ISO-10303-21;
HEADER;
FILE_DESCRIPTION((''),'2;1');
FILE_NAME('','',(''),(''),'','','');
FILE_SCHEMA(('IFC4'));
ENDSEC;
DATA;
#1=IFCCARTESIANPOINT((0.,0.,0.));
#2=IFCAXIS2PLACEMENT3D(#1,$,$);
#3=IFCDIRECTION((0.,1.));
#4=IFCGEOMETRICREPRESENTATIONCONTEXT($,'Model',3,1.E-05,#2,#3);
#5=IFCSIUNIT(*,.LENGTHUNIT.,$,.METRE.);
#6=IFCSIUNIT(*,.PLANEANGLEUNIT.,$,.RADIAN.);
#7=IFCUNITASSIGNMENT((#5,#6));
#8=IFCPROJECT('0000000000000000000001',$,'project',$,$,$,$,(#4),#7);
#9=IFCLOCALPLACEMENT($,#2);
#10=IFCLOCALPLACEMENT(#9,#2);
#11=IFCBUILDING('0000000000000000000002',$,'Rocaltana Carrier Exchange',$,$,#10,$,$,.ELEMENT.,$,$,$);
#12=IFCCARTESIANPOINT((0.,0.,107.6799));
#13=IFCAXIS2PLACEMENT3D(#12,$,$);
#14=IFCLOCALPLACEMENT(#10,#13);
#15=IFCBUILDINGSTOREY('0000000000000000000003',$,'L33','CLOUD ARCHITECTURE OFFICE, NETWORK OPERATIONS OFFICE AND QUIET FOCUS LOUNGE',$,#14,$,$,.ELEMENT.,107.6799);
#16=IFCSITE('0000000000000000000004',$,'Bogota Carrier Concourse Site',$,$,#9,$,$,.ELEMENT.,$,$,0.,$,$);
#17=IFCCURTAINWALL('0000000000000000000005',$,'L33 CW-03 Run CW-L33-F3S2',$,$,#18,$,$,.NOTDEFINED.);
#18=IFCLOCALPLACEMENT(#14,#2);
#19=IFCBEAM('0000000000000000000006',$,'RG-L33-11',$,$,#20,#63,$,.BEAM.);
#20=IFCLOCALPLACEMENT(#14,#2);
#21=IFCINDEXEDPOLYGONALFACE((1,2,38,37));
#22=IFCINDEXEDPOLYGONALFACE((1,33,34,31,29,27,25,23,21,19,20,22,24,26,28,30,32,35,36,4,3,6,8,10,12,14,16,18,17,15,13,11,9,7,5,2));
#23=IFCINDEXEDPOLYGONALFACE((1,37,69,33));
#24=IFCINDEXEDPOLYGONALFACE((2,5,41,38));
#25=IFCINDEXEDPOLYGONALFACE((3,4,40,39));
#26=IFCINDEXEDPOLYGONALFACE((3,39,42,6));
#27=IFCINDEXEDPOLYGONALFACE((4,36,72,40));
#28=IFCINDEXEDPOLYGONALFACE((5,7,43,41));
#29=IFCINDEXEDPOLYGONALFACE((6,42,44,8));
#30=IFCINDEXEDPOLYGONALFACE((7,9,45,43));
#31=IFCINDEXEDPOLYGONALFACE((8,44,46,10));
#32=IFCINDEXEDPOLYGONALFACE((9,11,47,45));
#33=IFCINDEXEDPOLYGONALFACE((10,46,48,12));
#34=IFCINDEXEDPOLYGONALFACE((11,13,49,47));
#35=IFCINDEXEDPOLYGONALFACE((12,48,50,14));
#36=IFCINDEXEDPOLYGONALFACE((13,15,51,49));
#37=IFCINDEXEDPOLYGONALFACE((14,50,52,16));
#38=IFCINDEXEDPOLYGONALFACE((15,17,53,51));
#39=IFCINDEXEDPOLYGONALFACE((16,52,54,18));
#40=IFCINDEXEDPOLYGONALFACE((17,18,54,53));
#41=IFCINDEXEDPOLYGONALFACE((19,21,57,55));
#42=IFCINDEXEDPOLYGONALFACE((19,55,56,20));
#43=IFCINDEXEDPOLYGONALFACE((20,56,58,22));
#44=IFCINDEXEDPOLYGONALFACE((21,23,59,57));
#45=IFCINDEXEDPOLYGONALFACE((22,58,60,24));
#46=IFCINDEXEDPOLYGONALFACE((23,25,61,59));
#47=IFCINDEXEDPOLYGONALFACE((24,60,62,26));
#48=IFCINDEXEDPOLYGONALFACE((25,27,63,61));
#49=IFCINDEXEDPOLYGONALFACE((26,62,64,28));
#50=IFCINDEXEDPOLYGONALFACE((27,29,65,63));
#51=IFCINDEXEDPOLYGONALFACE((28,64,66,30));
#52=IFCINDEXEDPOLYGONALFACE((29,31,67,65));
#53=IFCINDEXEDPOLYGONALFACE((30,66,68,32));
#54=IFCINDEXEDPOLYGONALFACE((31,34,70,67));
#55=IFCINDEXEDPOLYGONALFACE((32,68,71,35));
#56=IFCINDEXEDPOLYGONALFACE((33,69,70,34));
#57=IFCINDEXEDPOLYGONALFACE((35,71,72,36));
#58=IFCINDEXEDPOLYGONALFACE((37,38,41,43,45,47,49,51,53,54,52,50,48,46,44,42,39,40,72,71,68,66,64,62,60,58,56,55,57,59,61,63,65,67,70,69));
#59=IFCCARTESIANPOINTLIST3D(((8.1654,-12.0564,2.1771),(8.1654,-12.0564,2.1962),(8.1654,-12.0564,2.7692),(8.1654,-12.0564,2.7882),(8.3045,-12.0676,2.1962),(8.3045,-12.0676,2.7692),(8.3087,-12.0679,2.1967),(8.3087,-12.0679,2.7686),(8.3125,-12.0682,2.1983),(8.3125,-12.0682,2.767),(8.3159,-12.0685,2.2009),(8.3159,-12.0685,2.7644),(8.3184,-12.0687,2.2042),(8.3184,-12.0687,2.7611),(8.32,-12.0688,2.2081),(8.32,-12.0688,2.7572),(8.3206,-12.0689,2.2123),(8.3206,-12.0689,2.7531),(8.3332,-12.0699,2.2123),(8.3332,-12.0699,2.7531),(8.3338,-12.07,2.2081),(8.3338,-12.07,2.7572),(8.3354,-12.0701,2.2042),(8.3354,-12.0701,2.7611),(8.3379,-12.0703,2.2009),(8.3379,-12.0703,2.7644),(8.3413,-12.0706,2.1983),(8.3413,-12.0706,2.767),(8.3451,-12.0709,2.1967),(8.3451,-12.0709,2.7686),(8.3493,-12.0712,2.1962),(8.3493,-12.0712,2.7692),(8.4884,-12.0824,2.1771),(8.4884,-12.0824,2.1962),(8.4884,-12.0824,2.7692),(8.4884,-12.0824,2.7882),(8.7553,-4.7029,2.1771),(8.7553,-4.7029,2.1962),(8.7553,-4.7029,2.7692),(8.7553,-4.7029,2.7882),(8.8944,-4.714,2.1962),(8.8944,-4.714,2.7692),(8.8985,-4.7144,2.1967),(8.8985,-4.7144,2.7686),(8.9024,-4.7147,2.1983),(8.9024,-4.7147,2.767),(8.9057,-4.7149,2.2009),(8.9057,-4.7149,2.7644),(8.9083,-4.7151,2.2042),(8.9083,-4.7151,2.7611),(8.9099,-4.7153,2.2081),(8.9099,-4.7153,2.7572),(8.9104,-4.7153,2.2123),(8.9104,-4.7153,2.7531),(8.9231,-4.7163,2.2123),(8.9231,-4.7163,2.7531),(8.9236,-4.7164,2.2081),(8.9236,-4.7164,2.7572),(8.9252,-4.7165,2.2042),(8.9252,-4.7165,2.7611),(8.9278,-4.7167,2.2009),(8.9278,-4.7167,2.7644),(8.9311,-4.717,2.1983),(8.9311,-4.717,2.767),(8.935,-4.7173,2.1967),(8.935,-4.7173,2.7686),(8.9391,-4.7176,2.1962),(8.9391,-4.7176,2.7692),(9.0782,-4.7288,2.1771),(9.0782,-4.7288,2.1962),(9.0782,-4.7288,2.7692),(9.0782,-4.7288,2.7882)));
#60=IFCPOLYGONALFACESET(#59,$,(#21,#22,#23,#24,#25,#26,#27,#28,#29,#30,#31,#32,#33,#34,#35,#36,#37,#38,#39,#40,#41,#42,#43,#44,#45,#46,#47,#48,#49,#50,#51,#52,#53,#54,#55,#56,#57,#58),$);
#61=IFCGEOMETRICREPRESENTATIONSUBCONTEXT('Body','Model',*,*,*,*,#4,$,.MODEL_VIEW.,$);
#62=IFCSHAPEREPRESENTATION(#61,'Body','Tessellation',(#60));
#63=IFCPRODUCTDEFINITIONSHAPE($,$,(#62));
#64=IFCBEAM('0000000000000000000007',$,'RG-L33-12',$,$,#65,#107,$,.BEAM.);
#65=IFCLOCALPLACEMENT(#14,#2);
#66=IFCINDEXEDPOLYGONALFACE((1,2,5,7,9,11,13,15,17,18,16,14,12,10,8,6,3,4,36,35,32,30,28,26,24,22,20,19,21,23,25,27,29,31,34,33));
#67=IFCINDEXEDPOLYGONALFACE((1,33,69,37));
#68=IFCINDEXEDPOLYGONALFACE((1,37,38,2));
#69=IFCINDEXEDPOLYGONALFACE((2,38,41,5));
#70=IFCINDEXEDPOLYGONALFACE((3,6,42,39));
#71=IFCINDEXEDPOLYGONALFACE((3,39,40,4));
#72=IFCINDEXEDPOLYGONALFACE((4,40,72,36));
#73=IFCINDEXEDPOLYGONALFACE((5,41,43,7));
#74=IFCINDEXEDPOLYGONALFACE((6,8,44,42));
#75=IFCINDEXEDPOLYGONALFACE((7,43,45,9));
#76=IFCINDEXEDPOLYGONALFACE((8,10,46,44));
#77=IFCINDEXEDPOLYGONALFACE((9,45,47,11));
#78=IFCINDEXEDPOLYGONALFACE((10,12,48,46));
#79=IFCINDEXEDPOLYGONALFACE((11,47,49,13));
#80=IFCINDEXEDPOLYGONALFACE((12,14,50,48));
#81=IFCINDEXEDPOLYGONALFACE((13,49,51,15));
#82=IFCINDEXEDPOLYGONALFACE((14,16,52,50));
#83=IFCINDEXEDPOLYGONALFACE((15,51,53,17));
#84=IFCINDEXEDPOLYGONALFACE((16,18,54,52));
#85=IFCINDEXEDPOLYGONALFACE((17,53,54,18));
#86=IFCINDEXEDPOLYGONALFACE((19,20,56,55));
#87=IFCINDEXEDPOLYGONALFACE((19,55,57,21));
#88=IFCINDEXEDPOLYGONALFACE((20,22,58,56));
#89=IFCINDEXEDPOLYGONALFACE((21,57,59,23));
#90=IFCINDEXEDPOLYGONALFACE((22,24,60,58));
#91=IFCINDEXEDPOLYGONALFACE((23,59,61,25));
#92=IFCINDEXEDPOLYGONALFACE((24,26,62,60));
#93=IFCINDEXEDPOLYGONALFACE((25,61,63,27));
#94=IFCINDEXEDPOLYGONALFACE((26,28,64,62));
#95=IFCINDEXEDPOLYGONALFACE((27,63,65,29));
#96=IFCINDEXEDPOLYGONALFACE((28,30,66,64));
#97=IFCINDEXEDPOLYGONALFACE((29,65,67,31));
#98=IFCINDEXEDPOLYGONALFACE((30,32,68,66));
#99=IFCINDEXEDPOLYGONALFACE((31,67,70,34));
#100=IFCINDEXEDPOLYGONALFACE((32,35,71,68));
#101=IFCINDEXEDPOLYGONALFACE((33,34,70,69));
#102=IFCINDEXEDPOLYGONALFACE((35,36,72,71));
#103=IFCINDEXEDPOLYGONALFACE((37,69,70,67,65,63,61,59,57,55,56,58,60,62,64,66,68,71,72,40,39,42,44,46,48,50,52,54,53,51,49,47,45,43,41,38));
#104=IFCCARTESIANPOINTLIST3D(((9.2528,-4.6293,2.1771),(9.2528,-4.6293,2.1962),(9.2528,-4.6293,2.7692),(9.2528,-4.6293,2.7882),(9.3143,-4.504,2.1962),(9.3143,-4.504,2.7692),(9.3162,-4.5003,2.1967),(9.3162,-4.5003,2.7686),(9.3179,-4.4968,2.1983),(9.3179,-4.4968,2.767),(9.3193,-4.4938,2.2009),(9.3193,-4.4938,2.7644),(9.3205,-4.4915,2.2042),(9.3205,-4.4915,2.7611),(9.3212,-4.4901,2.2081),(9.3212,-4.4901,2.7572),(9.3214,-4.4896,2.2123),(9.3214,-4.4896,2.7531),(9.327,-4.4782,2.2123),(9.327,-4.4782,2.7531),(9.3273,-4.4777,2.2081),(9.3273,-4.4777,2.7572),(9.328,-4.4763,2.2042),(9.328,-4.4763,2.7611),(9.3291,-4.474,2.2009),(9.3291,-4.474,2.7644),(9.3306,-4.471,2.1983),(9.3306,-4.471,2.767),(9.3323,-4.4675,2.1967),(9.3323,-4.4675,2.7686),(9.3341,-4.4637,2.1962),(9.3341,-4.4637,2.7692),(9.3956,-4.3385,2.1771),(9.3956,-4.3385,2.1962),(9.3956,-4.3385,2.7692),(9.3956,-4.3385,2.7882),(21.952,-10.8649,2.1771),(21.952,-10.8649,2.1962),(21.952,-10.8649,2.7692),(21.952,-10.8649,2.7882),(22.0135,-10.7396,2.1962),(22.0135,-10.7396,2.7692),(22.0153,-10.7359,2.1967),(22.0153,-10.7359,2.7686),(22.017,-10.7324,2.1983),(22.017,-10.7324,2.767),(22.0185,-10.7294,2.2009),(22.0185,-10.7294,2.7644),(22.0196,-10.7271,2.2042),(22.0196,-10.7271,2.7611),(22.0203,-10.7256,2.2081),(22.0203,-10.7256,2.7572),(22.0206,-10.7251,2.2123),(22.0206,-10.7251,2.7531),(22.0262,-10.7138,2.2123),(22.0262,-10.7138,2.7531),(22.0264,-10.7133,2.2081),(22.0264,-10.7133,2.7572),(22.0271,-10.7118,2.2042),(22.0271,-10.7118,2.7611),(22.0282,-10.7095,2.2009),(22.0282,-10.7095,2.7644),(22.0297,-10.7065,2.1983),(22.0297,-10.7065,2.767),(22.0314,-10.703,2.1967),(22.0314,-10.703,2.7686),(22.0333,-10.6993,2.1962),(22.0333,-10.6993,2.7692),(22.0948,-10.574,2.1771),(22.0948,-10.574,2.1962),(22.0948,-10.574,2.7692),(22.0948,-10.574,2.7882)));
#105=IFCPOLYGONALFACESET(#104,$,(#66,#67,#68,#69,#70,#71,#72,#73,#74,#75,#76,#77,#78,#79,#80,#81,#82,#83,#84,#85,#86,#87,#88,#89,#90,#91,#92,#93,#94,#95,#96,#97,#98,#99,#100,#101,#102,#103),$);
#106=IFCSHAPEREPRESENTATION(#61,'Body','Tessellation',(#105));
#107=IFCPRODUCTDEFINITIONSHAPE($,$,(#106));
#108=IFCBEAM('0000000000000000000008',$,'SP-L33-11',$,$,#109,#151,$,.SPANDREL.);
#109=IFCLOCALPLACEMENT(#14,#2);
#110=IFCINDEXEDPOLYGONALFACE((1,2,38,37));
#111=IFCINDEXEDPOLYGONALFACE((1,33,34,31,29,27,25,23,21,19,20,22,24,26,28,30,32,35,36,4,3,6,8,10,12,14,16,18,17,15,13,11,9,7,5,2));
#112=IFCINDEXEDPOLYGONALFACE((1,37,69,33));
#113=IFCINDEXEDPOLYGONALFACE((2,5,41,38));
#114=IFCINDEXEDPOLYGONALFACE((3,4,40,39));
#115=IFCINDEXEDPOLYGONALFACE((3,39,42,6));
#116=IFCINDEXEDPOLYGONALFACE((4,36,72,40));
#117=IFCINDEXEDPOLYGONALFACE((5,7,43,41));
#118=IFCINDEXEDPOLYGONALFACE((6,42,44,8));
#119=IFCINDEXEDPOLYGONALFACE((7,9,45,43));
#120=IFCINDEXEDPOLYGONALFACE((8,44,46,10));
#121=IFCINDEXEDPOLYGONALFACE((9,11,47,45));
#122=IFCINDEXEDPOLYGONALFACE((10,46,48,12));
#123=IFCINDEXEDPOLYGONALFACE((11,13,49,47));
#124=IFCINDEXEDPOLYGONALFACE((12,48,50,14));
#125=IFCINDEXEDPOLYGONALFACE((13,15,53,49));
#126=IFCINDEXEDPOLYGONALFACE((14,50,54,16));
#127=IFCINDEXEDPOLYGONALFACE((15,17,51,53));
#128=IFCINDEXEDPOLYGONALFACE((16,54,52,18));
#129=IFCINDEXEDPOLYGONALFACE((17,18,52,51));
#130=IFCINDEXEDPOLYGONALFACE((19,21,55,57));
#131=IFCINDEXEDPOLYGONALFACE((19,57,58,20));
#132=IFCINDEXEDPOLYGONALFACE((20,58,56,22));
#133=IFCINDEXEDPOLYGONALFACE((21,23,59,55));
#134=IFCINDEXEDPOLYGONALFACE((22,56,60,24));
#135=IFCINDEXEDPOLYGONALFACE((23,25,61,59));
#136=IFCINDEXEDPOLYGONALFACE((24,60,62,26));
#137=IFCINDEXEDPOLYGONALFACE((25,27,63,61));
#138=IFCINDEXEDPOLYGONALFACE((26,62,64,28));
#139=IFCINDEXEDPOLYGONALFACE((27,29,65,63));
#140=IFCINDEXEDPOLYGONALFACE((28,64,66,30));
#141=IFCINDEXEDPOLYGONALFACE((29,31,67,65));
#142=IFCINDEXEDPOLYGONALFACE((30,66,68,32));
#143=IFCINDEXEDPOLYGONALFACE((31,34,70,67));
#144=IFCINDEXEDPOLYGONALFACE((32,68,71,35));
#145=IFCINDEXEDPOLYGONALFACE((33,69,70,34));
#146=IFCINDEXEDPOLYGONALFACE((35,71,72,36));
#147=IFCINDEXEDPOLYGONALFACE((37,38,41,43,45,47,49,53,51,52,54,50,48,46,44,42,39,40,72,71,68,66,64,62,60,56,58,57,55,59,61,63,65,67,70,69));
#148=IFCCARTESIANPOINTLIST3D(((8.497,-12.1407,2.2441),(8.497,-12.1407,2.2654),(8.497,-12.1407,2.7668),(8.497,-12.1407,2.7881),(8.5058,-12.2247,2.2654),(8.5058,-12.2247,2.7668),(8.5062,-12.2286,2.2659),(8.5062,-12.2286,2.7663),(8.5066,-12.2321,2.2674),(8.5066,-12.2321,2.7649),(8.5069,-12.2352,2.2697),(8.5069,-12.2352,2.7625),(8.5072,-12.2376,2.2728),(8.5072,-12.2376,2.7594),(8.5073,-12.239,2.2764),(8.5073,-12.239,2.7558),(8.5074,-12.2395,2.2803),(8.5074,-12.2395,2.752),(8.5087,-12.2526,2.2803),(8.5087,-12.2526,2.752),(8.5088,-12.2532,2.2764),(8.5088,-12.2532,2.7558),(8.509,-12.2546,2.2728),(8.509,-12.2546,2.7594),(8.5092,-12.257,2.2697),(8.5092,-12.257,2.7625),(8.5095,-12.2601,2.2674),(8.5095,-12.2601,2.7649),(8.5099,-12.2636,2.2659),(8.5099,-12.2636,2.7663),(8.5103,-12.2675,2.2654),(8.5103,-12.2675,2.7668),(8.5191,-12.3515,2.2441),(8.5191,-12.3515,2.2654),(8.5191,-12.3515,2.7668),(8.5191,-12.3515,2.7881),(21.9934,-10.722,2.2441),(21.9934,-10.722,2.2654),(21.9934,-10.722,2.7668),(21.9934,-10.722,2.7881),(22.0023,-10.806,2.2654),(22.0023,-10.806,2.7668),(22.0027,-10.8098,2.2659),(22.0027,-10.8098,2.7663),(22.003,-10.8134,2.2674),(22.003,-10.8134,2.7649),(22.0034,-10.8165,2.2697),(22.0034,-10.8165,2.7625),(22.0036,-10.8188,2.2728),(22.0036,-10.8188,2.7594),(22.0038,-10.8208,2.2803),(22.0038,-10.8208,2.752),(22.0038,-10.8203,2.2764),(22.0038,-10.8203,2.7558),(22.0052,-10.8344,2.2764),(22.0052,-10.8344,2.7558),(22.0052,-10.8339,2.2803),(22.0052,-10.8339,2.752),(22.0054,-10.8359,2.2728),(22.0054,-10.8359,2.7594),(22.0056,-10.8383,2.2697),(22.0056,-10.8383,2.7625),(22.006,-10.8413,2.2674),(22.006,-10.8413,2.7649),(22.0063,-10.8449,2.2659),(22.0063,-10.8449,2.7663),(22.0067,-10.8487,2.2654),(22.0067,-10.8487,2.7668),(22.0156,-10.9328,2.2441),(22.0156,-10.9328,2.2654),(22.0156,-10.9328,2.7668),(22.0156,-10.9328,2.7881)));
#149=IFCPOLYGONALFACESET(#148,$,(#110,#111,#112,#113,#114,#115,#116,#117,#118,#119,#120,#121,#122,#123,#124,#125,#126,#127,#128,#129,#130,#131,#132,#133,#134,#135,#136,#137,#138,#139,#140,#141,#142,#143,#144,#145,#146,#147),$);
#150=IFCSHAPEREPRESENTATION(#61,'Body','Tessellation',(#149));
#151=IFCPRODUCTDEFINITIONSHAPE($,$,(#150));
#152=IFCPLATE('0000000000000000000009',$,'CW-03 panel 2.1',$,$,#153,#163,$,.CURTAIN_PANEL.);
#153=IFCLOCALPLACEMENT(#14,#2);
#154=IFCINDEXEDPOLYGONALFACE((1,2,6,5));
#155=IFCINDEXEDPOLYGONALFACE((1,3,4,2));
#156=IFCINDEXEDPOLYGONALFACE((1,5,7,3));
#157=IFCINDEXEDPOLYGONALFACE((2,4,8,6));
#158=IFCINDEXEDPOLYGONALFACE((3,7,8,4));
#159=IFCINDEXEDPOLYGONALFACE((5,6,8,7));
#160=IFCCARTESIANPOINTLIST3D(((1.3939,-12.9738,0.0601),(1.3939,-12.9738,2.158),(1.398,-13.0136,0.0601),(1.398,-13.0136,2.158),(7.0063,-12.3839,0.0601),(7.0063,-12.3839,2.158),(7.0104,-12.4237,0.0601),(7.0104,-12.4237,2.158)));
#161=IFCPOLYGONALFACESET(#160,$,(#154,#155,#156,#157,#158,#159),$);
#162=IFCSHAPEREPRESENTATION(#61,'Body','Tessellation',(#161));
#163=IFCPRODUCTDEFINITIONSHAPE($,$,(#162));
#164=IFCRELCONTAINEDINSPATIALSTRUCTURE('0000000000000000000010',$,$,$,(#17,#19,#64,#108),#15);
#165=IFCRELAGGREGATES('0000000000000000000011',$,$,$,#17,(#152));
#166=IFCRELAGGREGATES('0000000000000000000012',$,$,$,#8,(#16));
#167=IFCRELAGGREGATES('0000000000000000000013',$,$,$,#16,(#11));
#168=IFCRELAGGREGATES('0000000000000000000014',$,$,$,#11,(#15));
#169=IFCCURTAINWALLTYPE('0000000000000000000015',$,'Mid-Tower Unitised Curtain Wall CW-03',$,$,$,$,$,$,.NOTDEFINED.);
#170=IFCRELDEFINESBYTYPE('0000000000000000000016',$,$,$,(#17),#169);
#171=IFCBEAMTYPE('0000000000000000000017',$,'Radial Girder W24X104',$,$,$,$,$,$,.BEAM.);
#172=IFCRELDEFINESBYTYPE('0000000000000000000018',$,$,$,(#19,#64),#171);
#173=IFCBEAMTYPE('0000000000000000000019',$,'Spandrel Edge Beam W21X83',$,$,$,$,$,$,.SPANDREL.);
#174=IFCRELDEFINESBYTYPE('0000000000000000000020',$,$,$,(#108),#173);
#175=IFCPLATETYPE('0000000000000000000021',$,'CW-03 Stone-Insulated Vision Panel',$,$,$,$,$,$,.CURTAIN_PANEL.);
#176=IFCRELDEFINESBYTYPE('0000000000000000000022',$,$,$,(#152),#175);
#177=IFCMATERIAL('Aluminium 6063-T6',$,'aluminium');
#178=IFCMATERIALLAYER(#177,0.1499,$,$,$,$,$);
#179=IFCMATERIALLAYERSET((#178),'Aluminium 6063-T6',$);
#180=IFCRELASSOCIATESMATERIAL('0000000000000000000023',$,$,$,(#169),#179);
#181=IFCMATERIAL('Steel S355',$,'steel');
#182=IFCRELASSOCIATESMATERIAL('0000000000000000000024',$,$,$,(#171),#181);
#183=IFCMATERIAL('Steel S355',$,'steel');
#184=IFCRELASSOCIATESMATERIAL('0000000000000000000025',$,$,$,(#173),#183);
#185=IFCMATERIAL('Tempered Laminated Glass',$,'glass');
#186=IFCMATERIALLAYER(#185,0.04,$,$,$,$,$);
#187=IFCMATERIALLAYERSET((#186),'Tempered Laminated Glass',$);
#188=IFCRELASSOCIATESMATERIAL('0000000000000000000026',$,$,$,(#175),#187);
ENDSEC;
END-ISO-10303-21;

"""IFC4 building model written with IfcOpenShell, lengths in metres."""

from ifc_helpers import new_model, si_unit, direction, frame, origin, origin_2d, place, context, subcontext, project, spatial, rectangle, i_section, extrude, material, layer, layer_set, material_profile, profile_set, type_object, element, aggregate, save


model = new_model("IFC4")

# Units and contexts
model_context = context("Model", 3, precision=1e-05, world=origin(), true_north=direction((0.0, 1.0)))
body_context = subcontext(model_context, "Body", "Model", "MODEL_VIEW")
ifc_project = project(units=[si_unit("LENGTHUNIT", "METRE"), si_unit("PLANEANGLEUNIT", "RADIAN")], contexts=[model_context])

# Site, building, storey
site_placement = place(None, origin())
site = spatial("IfcSite", under=ifc_project, at=site_placement, Name="Bogota Carrier Concourse Site", CompositionType="ELEMENT", RefElevation=0.0)
building_placement = place(site_placement, origin())
building = spatial("IfcBuilding", under=site, at=building_placement, Name="Rocaltana Carrier Exchange", CompositionType="ELEMENT")
storey_placement = place(building_placement, frame((0.0, 0.0, 107.6799)))
storey = spatial("IfcBuildingStorey", under=building, at=storey_placement, Name="L33", Description="CLOUD ARCHITECTURE OFFICE, NETWORK OPERATIONS OFFICE AND QUIET FOCUS LOUNGE", CompositionType="ELEMENT", Elevation=107.6799)

# Curtain wall
ifc_material_1 = material(Name="Aluminium 6063-T6", Category="aluminium")
ifc_layer_1 = layer(ifc_material_1, 0.1499)
ifc_layer_set_1 = layer_set([ifc_layer_1], Name="Aluminium 6063-T6")
curtain_wall_type = type_object("IfcCurtainWallType", Name="Mid-Tower Unitised Curtain Wall CW-03", PredefinedType="NOTDEFINED", material=ifc_layer_set_1)
curtain_wall_placement = place(storey_placement, origin())
curtain_wall = element("IfcCurtainWall", 1, at=curtain_wall_placement, inside=storey, type_object=curtain_wall_type, Name="L33 CW-03 Run CW-L33-F3S2", PredefinedType="NOTDEFINED")

# Beams
ifc_material_2 = material(Name="Steel S355", Category="steel")
ifc_material_profile_1 = material_profile(ifc_material_2, i_section(OverallWidth=0.324, OverallDepth=0.6111, WebThickness=0.0127, FlangeThickness=0.019, FilletRadius=0.0161, at=origin_2d()), Name="W24X104")
ifc_profile_set_1 = profile_set([ifc_material_profile_1], Name="Steel S355")
beam_type_1 = type_object("IfcBeamType", Name="Radial Girder W24X104", PredefinedType="BEAM", material=ifc_profile_set_1)
beam_1_placement = place(storey_placement, frame((8.9167, -4.7158, 2.4827), z_axis=(-0.079956, -0.996798, 0.0), x_axis=(0.996798, -0.079956, 0.0)))
element("IfcBeam", 2, at=beam_1_placement, inside=storey, type_object=beam_type_1, Name="RG-L33-11", PredefinedType="BEAM", context=body_context, shape_type="SweptSolid", body=[
    extrude(i_section(OverallWidth=0.324, OverallDepth=0.6111, WebThickness=0.0127, FlangeThickness=0.019, FilletRadius=0.0161, at=origin_2d()), origin(), (0.0, 0.0, 1.0), 7.3772),
])
beam_2_placement = place(storey_placement, frame((9.3242, -4.4839, 2.4827), z_axis=(0.897628, -0.440755, 0.0), x_axis=(0.440755, 0.897628, 0.0)))
element("IfcBeam", 3, at=beam_2_placement, inside=storey, type_object=beam_type_1, Name="RG-L33-12", PredefinedType="BEAM", context=body_context, shape_type="SweptSolid", body=[
    extrude(i_section(OverallWidth=0.324, OverallDepth=0.6111, WebThickness=0.0127, FlangeThickness=0.019, FilletRadius=0.0161, at=origin_2d()), origin(), (0.0, 0.0, 1.0), 14.1475),
])
ifc_material_3 = material(Name="Steel S355", Category="steel")
ifc_material_profile_2 = material_profile(ifc_material_3, i_section(OverallWidth=0.2119, OverallDepth=0.5439, WebThickness=0.0132, FlangeThickness=0.0212, FilletRadius=0.0149, at=origin_2d()), Name="W21X83")
ifc_profile_set_2 = profile_set([ifc_material_profile_2], Name="Steel S355")
beam_type_2 = type_object("IfcBeamType", Name="Spandrel Edge Beam W21X83", PredefinedType="SPANDREL", material=ifc_profile_set_2)
beam_3_placement = place(storey_placement, frame((8.5081, -12.2461, 2.5161), z_axis=(0.994521, 0.104542, 0.0), x_axis=(-0.104542, 0.994521, 0.0)))
element("IfcBeam", 4, at=beam_3_placement, inside=storey, type_object=beam_type_2, Name="SP-L33-11", PredefinedType="SPANDREL", context=body_context, shape_type="SweptSolid", body=[
    extrude(i_section(OverallWidth=0.2119, OverallDepth=0.5439, WebThickness=0.0132, FlangeThickness=0.0212, FilletRadius=0.0149, at=origin_2d()), origin(), (0.0, 0.0, 1.0), 13.5708),
])

# Plate
ifc_material_4 = material(Name="Tempered Laminated Glass", Category="glass")
ifc_layer_2 = layer(ifc_material_4, 0.04)
ifc_layer_set_2 = layer_set([ifc_layer_2], Name="Tempered Laminated Glass")
plate_type = type_object("IfcPlateType", Name="CW-03 Stone-Insulated Vision Panel", PredefinedType="CURTAIN_PANEL", material=ifc_layer_set_2)
plate_placement = place(storey_placement, frame((4.2021, -12.6987, 0.0601), z_axis=(0.0, 0.0, 1.0), x_axis=(0.994522, 0.10453, 0.0)))
plate = element("IfcPlate", 5, at=plate_placement, type_object=plate_type, Name="CW-03 panel 2.1", PredefinedType="CURTAIN_PANEL", context=body_context, shape_type="SweptSolid", body=[
    extrude(rectangle(XDim=5.6433, YDim=0.04, at=origin_2d()), origin(), (0.0, 0.0, 1.0), 2.0979),
])
aggregate(curtain_wall, [plate])

save(model, "model.ifc")
